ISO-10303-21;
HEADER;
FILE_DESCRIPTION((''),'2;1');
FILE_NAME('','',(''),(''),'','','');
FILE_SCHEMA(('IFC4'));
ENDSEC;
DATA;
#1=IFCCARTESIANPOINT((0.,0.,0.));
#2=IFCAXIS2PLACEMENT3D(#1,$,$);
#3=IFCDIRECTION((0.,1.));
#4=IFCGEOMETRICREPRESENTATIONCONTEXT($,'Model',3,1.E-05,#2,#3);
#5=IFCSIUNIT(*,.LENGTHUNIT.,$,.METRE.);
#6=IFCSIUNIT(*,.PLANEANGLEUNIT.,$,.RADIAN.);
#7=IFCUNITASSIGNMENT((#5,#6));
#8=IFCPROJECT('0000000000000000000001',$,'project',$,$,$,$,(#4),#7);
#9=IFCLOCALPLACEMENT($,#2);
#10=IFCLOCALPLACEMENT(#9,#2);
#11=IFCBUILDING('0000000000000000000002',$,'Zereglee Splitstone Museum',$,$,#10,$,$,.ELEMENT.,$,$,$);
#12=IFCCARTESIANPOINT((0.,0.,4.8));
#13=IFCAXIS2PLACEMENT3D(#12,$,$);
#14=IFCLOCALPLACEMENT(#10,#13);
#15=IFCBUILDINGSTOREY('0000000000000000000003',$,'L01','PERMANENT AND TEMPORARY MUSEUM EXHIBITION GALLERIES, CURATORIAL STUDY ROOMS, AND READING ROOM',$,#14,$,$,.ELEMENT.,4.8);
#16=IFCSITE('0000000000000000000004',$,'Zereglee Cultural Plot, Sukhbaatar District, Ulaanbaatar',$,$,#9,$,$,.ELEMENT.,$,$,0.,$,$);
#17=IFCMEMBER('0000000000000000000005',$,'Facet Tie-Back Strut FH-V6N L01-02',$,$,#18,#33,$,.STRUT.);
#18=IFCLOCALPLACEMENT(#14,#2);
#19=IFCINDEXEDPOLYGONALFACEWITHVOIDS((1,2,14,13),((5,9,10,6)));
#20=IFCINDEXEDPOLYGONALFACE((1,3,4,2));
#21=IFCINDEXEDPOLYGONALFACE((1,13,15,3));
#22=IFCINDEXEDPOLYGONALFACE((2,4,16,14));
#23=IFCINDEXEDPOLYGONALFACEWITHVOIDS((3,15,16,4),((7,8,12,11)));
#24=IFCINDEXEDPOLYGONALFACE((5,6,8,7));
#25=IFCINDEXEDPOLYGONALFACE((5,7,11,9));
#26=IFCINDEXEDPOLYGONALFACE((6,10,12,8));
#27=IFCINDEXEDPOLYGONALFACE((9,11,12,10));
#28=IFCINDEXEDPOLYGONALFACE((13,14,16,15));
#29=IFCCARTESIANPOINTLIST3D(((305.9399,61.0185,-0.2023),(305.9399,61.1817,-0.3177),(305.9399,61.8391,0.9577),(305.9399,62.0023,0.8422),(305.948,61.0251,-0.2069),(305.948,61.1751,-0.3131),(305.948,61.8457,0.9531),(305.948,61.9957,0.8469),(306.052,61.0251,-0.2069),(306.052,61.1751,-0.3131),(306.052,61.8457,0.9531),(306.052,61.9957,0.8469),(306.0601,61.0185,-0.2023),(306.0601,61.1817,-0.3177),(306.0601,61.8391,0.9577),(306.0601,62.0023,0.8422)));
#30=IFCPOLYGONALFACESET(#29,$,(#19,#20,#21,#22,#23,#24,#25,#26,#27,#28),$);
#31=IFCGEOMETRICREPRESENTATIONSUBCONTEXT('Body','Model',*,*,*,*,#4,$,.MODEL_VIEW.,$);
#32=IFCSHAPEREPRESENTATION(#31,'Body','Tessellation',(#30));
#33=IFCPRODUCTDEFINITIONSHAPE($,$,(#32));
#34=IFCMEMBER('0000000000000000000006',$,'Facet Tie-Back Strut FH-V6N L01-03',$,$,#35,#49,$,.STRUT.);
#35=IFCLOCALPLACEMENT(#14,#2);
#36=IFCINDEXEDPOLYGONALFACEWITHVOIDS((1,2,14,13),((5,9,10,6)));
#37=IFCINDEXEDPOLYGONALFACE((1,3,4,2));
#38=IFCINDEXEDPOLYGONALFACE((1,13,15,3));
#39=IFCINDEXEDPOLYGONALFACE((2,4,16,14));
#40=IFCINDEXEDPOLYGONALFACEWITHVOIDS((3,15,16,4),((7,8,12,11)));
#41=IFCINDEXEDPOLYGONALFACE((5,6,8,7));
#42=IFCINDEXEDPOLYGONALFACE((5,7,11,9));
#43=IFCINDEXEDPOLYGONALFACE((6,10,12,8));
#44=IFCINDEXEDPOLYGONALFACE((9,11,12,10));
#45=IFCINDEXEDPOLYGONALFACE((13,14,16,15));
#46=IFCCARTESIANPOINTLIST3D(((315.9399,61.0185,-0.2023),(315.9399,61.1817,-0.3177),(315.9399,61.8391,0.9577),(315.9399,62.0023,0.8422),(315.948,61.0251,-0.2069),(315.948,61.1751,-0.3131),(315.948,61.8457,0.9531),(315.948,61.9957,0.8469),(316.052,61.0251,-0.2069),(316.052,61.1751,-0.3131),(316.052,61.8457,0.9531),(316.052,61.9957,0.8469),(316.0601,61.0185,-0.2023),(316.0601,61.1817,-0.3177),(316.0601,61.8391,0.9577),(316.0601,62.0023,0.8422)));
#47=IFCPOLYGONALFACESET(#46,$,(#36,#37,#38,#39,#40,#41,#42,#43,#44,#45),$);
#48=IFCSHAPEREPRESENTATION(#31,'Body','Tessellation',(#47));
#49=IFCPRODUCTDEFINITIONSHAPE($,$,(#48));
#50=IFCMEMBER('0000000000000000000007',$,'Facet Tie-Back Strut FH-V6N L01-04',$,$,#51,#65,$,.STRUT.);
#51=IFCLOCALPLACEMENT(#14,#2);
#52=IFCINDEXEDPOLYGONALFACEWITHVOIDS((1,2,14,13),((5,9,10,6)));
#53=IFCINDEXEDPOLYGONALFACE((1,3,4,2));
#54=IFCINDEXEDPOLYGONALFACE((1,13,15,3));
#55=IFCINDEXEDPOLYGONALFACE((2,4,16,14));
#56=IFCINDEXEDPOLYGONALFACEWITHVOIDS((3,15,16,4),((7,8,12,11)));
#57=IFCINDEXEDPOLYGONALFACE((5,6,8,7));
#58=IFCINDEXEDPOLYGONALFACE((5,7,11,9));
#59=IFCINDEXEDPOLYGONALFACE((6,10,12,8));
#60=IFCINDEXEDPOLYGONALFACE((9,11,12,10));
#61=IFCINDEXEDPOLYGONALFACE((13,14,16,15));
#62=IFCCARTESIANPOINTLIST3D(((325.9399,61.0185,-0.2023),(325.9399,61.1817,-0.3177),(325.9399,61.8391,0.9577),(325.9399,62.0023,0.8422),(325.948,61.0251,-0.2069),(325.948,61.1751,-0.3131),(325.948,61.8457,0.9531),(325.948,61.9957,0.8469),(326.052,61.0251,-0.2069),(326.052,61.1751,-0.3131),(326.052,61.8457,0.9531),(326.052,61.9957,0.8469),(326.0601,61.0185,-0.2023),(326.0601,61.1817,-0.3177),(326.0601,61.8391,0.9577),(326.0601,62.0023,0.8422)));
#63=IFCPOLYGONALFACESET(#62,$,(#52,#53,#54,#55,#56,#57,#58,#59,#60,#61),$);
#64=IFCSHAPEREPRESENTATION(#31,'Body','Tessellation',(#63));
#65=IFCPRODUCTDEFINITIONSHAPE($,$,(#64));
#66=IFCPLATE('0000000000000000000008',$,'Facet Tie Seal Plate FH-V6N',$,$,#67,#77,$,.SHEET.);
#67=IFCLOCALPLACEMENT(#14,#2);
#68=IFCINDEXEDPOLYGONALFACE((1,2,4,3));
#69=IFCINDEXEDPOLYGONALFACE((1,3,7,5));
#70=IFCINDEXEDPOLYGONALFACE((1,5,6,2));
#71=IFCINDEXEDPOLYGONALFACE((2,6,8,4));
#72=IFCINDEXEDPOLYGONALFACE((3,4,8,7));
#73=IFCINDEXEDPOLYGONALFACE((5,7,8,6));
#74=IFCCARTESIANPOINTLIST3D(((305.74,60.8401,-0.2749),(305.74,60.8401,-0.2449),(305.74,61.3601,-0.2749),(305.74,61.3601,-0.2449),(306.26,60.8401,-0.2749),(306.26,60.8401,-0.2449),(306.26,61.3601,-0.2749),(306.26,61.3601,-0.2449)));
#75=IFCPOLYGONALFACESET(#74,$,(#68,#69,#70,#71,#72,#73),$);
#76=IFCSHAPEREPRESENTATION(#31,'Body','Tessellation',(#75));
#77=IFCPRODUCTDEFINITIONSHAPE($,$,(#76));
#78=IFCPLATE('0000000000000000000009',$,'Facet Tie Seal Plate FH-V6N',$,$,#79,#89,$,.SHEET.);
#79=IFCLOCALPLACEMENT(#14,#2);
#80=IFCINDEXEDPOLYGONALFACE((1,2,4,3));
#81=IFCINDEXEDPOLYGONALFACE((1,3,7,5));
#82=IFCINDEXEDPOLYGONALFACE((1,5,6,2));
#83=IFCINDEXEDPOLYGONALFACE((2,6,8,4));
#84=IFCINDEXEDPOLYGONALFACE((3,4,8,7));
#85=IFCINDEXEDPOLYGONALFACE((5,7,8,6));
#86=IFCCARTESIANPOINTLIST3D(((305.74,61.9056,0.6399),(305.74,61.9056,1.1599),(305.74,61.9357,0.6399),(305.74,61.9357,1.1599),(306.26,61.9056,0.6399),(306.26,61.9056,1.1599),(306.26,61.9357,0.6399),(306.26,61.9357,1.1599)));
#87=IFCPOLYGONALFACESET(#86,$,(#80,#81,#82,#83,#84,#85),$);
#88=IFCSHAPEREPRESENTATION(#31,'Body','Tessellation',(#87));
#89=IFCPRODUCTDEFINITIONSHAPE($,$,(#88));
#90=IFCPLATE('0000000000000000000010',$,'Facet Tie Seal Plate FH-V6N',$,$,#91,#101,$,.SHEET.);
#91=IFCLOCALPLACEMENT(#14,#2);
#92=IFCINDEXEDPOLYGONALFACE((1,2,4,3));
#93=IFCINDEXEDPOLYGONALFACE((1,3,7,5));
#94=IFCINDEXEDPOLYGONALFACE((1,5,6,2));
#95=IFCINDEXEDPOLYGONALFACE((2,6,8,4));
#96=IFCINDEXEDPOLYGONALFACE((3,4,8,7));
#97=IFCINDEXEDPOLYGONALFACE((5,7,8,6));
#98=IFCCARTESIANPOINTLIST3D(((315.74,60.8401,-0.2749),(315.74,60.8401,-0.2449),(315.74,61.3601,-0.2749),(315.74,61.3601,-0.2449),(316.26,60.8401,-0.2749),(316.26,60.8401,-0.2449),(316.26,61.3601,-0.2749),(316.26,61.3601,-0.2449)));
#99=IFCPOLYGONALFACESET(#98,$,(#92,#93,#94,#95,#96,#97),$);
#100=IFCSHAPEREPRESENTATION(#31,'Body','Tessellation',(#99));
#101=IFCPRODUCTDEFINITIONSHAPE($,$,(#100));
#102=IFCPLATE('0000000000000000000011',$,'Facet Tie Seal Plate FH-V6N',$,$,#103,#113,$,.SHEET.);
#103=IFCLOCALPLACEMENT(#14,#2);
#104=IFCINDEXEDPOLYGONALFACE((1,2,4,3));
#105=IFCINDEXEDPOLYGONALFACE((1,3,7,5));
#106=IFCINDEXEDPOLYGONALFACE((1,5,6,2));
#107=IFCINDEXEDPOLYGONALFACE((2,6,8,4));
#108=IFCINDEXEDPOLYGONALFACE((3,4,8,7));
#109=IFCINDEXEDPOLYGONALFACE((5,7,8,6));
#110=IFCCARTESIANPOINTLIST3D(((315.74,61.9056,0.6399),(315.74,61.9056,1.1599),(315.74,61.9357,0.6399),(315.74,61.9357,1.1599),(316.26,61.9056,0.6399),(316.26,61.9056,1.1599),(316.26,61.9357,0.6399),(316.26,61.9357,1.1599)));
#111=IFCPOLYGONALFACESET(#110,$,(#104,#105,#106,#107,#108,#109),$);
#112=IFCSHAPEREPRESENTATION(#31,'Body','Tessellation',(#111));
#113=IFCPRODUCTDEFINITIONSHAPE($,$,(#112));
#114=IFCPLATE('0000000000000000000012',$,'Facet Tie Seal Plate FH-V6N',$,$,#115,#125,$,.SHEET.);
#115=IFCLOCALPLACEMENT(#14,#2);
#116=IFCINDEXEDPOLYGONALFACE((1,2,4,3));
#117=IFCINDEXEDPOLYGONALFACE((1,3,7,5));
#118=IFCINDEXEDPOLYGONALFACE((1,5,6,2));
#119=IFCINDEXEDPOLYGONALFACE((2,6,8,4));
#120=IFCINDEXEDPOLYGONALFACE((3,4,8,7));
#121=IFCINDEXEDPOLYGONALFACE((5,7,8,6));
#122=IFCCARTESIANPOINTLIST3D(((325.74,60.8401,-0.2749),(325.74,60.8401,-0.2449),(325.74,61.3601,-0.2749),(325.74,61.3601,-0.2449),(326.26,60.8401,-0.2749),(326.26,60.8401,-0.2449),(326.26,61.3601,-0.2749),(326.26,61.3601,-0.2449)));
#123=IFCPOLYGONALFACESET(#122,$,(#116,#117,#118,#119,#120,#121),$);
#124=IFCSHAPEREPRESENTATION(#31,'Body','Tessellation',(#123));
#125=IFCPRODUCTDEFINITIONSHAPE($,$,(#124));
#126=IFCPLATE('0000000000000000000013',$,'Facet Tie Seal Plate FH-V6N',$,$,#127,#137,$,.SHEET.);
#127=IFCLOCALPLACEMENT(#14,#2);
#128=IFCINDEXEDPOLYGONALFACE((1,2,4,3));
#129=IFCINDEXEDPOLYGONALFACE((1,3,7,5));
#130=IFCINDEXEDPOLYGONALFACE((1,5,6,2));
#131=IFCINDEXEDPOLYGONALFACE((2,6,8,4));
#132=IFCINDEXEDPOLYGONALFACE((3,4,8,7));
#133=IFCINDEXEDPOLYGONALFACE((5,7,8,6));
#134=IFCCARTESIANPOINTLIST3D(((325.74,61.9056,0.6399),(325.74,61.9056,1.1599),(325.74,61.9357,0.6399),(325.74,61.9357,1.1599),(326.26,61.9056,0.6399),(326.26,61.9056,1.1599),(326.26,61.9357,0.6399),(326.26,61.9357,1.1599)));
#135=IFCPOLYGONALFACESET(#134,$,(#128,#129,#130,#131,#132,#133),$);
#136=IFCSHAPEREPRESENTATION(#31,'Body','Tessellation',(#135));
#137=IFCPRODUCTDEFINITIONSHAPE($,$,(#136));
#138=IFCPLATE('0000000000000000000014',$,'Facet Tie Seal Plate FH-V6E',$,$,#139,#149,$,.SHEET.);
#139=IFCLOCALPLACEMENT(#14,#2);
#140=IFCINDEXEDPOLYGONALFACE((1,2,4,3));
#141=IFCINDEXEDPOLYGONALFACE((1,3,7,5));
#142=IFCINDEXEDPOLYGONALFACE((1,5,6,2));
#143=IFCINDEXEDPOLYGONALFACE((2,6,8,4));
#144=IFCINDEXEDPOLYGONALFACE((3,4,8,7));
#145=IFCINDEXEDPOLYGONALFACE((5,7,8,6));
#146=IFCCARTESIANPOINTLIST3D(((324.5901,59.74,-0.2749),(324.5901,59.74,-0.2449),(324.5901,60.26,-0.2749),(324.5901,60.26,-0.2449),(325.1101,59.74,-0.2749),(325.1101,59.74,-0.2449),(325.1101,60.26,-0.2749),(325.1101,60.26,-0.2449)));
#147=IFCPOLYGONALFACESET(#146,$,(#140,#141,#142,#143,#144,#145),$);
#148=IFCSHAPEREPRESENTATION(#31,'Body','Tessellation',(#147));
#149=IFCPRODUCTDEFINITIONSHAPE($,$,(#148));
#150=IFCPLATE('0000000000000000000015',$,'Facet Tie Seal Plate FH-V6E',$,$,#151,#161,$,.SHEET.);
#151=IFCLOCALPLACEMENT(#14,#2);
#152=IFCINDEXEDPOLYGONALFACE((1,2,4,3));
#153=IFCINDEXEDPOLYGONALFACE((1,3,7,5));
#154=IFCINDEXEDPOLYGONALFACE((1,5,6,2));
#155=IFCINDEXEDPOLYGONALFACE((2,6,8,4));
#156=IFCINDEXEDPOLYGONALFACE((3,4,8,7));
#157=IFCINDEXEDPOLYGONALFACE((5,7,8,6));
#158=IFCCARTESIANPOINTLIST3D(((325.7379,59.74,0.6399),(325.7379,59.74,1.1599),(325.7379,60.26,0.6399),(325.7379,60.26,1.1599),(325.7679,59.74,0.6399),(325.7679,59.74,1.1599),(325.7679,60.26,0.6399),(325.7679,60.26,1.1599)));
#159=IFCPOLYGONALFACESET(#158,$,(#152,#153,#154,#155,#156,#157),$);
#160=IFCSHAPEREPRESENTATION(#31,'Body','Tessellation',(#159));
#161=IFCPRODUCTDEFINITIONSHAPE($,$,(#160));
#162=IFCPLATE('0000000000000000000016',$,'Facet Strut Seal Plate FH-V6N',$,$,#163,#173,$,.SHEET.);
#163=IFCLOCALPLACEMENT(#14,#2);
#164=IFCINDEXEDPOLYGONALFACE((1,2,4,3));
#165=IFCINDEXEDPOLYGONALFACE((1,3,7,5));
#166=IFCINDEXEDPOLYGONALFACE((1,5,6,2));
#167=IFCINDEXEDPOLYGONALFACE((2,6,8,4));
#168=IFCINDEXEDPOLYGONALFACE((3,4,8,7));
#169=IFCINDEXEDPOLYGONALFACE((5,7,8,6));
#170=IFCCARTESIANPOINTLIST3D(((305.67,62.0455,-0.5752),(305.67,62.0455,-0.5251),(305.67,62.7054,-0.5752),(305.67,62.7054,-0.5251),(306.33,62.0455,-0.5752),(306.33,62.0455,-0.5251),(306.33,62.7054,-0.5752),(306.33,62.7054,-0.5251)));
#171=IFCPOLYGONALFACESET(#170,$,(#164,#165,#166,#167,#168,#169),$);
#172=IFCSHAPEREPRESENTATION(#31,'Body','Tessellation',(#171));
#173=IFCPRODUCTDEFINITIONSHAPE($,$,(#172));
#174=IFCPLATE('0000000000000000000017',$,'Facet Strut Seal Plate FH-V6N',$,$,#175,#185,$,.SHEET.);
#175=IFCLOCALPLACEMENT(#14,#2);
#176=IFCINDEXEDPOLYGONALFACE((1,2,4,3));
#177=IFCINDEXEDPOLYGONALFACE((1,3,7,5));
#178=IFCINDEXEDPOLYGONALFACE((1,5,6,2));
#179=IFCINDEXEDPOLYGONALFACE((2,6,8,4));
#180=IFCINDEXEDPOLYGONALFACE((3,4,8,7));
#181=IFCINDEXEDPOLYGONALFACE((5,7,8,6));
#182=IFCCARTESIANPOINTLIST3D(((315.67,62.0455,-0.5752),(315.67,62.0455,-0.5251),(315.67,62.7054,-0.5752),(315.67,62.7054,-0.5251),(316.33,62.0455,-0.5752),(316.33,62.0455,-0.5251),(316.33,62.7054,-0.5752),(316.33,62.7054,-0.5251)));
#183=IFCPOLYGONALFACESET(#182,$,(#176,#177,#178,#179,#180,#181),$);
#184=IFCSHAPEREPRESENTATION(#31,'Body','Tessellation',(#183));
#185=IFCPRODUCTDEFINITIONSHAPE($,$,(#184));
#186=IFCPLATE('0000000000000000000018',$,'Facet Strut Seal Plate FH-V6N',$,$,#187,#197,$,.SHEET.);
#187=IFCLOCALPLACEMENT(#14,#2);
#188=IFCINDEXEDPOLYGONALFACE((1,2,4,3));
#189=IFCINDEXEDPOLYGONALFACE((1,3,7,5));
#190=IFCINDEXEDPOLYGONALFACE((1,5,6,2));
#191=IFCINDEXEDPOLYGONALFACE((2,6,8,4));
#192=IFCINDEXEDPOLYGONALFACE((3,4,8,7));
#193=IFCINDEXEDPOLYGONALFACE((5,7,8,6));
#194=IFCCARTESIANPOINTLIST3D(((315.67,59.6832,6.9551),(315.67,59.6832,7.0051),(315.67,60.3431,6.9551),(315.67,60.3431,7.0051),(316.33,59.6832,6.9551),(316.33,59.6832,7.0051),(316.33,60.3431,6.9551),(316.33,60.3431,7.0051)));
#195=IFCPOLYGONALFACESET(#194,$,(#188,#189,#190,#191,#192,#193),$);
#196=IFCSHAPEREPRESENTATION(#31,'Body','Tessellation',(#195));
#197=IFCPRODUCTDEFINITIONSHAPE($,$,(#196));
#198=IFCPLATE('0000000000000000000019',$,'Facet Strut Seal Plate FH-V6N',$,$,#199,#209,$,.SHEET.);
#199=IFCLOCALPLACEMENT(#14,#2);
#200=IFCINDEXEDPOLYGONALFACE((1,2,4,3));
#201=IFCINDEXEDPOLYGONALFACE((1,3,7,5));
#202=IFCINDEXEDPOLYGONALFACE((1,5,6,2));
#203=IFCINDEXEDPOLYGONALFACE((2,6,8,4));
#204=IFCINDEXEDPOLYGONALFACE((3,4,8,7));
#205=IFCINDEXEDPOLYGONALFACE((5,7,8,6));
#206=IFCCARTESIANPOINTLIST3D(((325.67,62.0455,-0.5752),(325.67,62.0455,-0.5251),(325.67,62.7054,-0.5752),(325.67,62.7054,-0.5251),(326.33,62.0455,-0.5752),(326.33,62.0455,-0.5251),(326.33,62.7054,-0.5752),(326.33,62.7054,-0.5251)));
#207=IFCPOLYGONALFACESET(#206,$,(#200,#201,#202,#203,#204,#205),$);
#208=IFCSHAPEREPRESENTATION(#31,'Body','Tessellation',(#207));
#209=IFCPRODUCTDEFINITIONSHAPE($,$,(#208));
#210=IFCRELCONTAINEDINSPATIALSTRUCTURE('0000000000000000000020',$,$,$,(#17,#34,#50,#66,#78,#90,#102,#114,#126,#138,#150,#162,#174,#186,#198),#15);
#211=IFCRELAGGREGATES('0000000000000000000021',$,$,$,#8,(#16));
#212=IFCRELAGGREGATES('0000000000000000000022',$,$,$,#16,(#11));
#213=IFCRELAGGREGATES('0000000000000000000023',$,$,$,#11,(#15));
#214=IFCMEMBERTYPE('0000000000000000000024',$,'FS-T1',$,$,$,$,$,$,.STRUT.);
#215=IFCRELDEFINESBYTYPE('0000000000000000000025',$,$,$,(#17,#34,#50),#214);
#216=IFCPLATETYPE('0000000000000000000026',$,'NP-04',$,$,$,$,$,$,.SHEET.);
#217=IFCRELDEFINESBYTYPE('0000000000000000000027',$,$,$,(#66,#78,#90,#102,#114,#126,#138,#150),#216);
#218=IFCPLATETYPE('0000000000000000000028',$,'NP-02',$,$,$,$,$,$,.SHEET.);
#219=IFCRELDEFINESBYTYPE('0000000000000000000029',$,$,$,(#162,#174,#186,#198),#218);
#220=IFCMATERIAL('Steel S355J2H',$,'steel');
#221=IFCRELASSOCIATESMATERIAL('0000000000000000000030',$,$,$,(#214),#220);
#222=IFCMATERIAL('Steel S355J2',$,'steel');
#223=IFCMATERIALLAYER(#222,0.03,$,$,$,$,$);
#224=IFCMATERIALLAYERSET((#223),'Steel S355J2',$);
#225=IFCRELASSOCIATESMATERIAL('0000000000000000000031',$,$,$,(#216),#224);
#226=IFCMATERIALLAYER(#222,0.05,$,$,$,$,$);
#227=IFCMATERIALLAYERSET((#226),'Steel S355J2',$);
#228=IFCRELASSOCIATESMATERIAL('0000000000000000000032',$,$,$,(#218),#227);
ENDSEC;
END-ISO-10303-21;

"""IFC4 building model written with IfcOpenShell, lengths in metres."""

from ifc_helpers import new_model, si_unit, direction, frame, origin, origin_2d, place, context, subcontext, project, spatial, rectangle, hollow_rectangle, extrude, material, layer, layer_set, material_profile, profile_set, type_object, element, save


model = new_model("IFC4")

# Units and contexts
model_context = context("Model", 3, precision=1e-05, world=origin(), true_north=direction((0.0, 1.0)))
body_context = subcontext(model_context, "Body", "Model", "MODEL_VIEW")
ifc_project = project(units=[si_unit("LENGTHUNIT", "METRE"), si_unit("PLANEANGLEUNIT", "RADIAN")], contexts=[model_context])

# Site, building, storey
site_placement = place(None, origin())
site = spatial("IfcSite", under=ifc_project, at=site_placement, Name="Zereglee Cultural Plot, Sukhbaatar District, Ulaanbaatar", CompositionType="ELEMENT", RefElevation=0.0)
building_placement = place(site_placement, origin())
building = spatial("IfcBuilding", under=site, at=building_placement, Name="Zereglee Splitstone Museum", CompositionType="ELEMENT")
storey_placement = place(building_placement, frame((0.0, 0.0, 4.8)))
storey = spatial("IfcBuildingStorey", under=building, at=storey_placement, Name="L01", Description="PERMANENT AND TEMPORARY MUSEUM EXHIBITION GALLERIES, CURATORIAL STUDY ROOMS, AND READING ROOM", CompositionType="ELEMENT", Elevation=4.8)

# Shared definitions
ifc_material_1 = material(Name="Steel S355J2H", Category="steel")
ifc_material_2 = material(Name="Steel S355J2", Category="steel")

# Members
ifc_material_profile_1 = material_profile(ifc_material_1, hollow_rectangle(XDim=0.1201, YDim=0.2, WallThickness=0.0081, at=origin_2d()), Name="RHS 200x120x8")
ifc_profile_set_1 = profile_set([ifc_material_profile_1], Name="Steel S355J2H")
member_type_1 = type_object("IfcMemberType", Name="FS-T1", PredefinedType="STRUT", material=ifc_profile_set_1)
for number, where, z_axis, x_axis, name in (
    (1, (306.0, 61.1001, -0.26), (0.0, 0.577526, 0.816372), (-1.0, 0.0, 0.0), "Facet Tie-Back Strut FH-V6N L01-02"),
    (2, (316.0, 61.1001, -0.26), (0.0, 0.577526, 0.816372), (-1.0, 0.0, 0.0), "Facet Tie-Back Strut FH-V6N L01-03"),
    (3, (326.0, 61.1001, -0.26), (0.0, 0.577526, 0.816372), (-1.0, 0.0, 0.0), "Facet Tie-Back Strut FH-V6N L01-04"),
):
    element("IfcMember", number, at=place(storey_placement, frame(where, z_axis=z_axis, x_axis=x_axis)), inside=storey, type_object=member_type_1, Name=name, PredefinedType="STRUT", context=body_context, shape_type="SweptSolid", body=[
        extrude(hollow_rectangle(XDim=0.1201, YDim=0.2, WallThickness=0.0081, at=origin_2d()), origin(), (0.0, 0.0, 1.0), 1.4209),
    ])

# Plates
ifc_layer_1 = layer(ifc_material_2, 0.03)
ifc_layer_set_1 = layer_set([ifc_layer_1], Name="Steel S355J2")
plate_type_1 = type_object("IfcPlateType", Name="NP-04", PredefinedType="SHEET", material=ifc_layer_set_1)
plate_1_placement = place(storey_placement, frame((306.0, 61.1001, -0.2749), z_axis=(0.0, 0.0, 1.0), x_axis=(1.0, 0.0, 0.0)))
element("IfcPlate", 4, at=plate_1_placement, inside=storey, type_object=plate_type_1, Name="Facet Tie Seal Plate FH-V6N", PredefinedType="SHEET", context=body_context, shape_type="SweptSolid", body=[
    extrude(rectangle(XDim=0.52, YDim=0.52, at=origin_2d()), origin(), (0.0, 0.0, 1.0), 0.03),
])
plate_2_placement = place(storey_placement, frame((306.0, 61.9207, 0.6399), z_axis=(0.0, 0.0, 1.0), x_axis=(1.0, 0.0, 0.0)))
element("IfcPlate", 5, at=plate_2_placement, inside=storey, type_object=plate_type_1, Name="Facet Tie Seal Plate FH-V6N", PredefinedType="SHEET", context=body_context, shape_type="SweptSolid", body=[
    extrude(rectangle(XDim=0.52, YDim=0.03, at=origin_2d()), origin(), (0.0, 0.0, 1.0), 0.52),
])
plate_3_placement = place(storey_placement, frame((316.0, 61.1001, -0.2749), z_axis=(0.0, 0.0, 1.0), x_axis=(1.0, 0.0, 0.0)))
element("IfcPlate", 6, at=plate_3_placement, inside=storey, type_object=plate_type_1, Name="Facet Tie Seal Plate FH-V6N", PredefinedType="SHEET", context=body_context, shape_type="SweptSolid", body=[
    extrude(rectangle(XDim=0.52, YDim=0.52, at=origin_2d()), origin(), (0.0, 0.0, 1.0), 0.03),
])
plate_4_placement = place(storey_placement, frame((316.0, 61.9207, 0.6399), z_axis=(0.0, 0.0, 1.0), x_axis=(1.0, 0.0, 0.0)))
element("IfcPlate", 7, at=plate_4_placement, inside=storey, type_object=plate_type_1, Name="Facet Tie Seal Plate FH-V6N", PredefinedType="SHEET", context=body_context, shape_type="SweptSolid", body=[
    extrude(rectangle(XDim=0.52, YDim=0.03, at=origin_2d()), origin(), (0.0, 0.0, 1.0), 0.52),
])
plate_5_placement = place(storey_placement, frame((326.0, 61.1001, -0.2749), z_axis=(0.0, 0.0, 1.0), x_axis=(1.0, 0.0, 0.0)))
element("IfcPlate", 8, at=plate_5_placement, inside=storey, type_object=plate_type_1, Name="Facet Tie Seal Plate FH-V6N", PredefinedType="SHEET", context=body_context, shape_type="SweptSolid", body=[
    extrude(rectangle(XDim=0.52, YDim=0.52, at=origin_2d()), origin(), (0.0, 0.0, 1.0), 0.03),
])
plate_6_placement = place(storey_placement, frame((326.0, 61.9207, 0.6399), z_axis=(0.0, 0.0, 1.0), x_axis=(1.0, 0.0, 0.0)))
element("IfcPlate", 9, at=plate_6_placement, inside=storey, type_object=plate_type_1, Name="Facet Tie Seal Plate FH-V6N", PredefinedType="SHEET", context=body_context, shape_type="SweptSolid", body=[
    extrude(rectangle(XDim=0.52, YDim=0.03, at=origin_2d()), origin(), (0.0, 0.0, 1.0), 0.52),
])
plate_7_placement = place(storey_placement, frame((324.8501, 60.0, -0.2749), z_axis=(0.0, 0.0, 1.0), x_axis=(1.0, 0.0, 0.0)))
element("IfcPlate", 10, at=plate_7_placement, inside=storey, type_object=plate_type_1, Name="Facet Tie Seal Plate FH-V6E", PredefinedType="SHEET", context=body_context, shape_type="SweptSolid", body=[
    extrude(rectangle(XDim=0.52, YDim=0.52, at=origin_2d()), origin(), (0.0, 0.0, 1.0), 0.03),
])
plate_8_placement = place(storey_placement, frame((325.7529, 60.0, 0.6399), z_axis=(0.0, 0.0, 1.0), x_axis=(1.0, 0.0, 0.0)))
element("IfcPlate", 11, at=plate_8_placement, inside=storey, type_object=plate_type_1, Name="Facet Tie Seal Plate FH-V6E", PredefinedType="SHEET", context=body_context, shape_type="SweptSolid", body=[
    extrude(rectangle(XDim=0.03, YDim=0.52, at=origin_2d()), origin(), (0.0, 0.0, 1.0), 0.52),
])
ifc_layer_2 = layer(ifc_material_2, 0.05)
ifc_layer_set_2 = layer_set([ifc_layer_2], Name="Steel S355J2")
plate_type_2 = type_object("IfcPlateType", Name="NP-02", PredefinedType="SHEET", material=ifc_layer_set_2)
for number, where, z_axis, x_axis, name in (
    (12, (306.0, 62.3755, -0.5752), (0.0, 0.0, 1.0), (1.0, 0.0, 0.0), "Facet Strut Seal Plate FH-V6N"),
    (13, (316.0, 62.3755, -0.5752), (0.0, 0.0, 1.0), (1.0, 0.0, 0.0), "Facet Strut Seal Plate FH-V6N"),
    (14, (316.0, 60.0132, 6.9551), (0.0, 0.0, 1.0), (1.0, 0.0, 0.0), "Facet Strut Seal Plate FH-V6N"),
    (15, (326.0, 62.3755, -0.5752), (0.0, 0.0, 1.0), (1.0, 0.0, 0.0), "Facet Strut Seal Plate FH-V6N"),
):
    element("IfcPlate", number, at=place(storey_placement, frame(where, z_axis=z_axis, x_axis=x_axis)), inside=storey, type_object=plate_type_2, Name=name, PredefinedType="SHEET", context=body_context, shape_type="SweptSolid", body=[
        extrude(rectangle(XDim=0.6599, YDim=0.6599, at=origin_2d()), origin(), (0.0, 0.0, 1.0), 0.05),
    ])

save(model, "model.ifc")
